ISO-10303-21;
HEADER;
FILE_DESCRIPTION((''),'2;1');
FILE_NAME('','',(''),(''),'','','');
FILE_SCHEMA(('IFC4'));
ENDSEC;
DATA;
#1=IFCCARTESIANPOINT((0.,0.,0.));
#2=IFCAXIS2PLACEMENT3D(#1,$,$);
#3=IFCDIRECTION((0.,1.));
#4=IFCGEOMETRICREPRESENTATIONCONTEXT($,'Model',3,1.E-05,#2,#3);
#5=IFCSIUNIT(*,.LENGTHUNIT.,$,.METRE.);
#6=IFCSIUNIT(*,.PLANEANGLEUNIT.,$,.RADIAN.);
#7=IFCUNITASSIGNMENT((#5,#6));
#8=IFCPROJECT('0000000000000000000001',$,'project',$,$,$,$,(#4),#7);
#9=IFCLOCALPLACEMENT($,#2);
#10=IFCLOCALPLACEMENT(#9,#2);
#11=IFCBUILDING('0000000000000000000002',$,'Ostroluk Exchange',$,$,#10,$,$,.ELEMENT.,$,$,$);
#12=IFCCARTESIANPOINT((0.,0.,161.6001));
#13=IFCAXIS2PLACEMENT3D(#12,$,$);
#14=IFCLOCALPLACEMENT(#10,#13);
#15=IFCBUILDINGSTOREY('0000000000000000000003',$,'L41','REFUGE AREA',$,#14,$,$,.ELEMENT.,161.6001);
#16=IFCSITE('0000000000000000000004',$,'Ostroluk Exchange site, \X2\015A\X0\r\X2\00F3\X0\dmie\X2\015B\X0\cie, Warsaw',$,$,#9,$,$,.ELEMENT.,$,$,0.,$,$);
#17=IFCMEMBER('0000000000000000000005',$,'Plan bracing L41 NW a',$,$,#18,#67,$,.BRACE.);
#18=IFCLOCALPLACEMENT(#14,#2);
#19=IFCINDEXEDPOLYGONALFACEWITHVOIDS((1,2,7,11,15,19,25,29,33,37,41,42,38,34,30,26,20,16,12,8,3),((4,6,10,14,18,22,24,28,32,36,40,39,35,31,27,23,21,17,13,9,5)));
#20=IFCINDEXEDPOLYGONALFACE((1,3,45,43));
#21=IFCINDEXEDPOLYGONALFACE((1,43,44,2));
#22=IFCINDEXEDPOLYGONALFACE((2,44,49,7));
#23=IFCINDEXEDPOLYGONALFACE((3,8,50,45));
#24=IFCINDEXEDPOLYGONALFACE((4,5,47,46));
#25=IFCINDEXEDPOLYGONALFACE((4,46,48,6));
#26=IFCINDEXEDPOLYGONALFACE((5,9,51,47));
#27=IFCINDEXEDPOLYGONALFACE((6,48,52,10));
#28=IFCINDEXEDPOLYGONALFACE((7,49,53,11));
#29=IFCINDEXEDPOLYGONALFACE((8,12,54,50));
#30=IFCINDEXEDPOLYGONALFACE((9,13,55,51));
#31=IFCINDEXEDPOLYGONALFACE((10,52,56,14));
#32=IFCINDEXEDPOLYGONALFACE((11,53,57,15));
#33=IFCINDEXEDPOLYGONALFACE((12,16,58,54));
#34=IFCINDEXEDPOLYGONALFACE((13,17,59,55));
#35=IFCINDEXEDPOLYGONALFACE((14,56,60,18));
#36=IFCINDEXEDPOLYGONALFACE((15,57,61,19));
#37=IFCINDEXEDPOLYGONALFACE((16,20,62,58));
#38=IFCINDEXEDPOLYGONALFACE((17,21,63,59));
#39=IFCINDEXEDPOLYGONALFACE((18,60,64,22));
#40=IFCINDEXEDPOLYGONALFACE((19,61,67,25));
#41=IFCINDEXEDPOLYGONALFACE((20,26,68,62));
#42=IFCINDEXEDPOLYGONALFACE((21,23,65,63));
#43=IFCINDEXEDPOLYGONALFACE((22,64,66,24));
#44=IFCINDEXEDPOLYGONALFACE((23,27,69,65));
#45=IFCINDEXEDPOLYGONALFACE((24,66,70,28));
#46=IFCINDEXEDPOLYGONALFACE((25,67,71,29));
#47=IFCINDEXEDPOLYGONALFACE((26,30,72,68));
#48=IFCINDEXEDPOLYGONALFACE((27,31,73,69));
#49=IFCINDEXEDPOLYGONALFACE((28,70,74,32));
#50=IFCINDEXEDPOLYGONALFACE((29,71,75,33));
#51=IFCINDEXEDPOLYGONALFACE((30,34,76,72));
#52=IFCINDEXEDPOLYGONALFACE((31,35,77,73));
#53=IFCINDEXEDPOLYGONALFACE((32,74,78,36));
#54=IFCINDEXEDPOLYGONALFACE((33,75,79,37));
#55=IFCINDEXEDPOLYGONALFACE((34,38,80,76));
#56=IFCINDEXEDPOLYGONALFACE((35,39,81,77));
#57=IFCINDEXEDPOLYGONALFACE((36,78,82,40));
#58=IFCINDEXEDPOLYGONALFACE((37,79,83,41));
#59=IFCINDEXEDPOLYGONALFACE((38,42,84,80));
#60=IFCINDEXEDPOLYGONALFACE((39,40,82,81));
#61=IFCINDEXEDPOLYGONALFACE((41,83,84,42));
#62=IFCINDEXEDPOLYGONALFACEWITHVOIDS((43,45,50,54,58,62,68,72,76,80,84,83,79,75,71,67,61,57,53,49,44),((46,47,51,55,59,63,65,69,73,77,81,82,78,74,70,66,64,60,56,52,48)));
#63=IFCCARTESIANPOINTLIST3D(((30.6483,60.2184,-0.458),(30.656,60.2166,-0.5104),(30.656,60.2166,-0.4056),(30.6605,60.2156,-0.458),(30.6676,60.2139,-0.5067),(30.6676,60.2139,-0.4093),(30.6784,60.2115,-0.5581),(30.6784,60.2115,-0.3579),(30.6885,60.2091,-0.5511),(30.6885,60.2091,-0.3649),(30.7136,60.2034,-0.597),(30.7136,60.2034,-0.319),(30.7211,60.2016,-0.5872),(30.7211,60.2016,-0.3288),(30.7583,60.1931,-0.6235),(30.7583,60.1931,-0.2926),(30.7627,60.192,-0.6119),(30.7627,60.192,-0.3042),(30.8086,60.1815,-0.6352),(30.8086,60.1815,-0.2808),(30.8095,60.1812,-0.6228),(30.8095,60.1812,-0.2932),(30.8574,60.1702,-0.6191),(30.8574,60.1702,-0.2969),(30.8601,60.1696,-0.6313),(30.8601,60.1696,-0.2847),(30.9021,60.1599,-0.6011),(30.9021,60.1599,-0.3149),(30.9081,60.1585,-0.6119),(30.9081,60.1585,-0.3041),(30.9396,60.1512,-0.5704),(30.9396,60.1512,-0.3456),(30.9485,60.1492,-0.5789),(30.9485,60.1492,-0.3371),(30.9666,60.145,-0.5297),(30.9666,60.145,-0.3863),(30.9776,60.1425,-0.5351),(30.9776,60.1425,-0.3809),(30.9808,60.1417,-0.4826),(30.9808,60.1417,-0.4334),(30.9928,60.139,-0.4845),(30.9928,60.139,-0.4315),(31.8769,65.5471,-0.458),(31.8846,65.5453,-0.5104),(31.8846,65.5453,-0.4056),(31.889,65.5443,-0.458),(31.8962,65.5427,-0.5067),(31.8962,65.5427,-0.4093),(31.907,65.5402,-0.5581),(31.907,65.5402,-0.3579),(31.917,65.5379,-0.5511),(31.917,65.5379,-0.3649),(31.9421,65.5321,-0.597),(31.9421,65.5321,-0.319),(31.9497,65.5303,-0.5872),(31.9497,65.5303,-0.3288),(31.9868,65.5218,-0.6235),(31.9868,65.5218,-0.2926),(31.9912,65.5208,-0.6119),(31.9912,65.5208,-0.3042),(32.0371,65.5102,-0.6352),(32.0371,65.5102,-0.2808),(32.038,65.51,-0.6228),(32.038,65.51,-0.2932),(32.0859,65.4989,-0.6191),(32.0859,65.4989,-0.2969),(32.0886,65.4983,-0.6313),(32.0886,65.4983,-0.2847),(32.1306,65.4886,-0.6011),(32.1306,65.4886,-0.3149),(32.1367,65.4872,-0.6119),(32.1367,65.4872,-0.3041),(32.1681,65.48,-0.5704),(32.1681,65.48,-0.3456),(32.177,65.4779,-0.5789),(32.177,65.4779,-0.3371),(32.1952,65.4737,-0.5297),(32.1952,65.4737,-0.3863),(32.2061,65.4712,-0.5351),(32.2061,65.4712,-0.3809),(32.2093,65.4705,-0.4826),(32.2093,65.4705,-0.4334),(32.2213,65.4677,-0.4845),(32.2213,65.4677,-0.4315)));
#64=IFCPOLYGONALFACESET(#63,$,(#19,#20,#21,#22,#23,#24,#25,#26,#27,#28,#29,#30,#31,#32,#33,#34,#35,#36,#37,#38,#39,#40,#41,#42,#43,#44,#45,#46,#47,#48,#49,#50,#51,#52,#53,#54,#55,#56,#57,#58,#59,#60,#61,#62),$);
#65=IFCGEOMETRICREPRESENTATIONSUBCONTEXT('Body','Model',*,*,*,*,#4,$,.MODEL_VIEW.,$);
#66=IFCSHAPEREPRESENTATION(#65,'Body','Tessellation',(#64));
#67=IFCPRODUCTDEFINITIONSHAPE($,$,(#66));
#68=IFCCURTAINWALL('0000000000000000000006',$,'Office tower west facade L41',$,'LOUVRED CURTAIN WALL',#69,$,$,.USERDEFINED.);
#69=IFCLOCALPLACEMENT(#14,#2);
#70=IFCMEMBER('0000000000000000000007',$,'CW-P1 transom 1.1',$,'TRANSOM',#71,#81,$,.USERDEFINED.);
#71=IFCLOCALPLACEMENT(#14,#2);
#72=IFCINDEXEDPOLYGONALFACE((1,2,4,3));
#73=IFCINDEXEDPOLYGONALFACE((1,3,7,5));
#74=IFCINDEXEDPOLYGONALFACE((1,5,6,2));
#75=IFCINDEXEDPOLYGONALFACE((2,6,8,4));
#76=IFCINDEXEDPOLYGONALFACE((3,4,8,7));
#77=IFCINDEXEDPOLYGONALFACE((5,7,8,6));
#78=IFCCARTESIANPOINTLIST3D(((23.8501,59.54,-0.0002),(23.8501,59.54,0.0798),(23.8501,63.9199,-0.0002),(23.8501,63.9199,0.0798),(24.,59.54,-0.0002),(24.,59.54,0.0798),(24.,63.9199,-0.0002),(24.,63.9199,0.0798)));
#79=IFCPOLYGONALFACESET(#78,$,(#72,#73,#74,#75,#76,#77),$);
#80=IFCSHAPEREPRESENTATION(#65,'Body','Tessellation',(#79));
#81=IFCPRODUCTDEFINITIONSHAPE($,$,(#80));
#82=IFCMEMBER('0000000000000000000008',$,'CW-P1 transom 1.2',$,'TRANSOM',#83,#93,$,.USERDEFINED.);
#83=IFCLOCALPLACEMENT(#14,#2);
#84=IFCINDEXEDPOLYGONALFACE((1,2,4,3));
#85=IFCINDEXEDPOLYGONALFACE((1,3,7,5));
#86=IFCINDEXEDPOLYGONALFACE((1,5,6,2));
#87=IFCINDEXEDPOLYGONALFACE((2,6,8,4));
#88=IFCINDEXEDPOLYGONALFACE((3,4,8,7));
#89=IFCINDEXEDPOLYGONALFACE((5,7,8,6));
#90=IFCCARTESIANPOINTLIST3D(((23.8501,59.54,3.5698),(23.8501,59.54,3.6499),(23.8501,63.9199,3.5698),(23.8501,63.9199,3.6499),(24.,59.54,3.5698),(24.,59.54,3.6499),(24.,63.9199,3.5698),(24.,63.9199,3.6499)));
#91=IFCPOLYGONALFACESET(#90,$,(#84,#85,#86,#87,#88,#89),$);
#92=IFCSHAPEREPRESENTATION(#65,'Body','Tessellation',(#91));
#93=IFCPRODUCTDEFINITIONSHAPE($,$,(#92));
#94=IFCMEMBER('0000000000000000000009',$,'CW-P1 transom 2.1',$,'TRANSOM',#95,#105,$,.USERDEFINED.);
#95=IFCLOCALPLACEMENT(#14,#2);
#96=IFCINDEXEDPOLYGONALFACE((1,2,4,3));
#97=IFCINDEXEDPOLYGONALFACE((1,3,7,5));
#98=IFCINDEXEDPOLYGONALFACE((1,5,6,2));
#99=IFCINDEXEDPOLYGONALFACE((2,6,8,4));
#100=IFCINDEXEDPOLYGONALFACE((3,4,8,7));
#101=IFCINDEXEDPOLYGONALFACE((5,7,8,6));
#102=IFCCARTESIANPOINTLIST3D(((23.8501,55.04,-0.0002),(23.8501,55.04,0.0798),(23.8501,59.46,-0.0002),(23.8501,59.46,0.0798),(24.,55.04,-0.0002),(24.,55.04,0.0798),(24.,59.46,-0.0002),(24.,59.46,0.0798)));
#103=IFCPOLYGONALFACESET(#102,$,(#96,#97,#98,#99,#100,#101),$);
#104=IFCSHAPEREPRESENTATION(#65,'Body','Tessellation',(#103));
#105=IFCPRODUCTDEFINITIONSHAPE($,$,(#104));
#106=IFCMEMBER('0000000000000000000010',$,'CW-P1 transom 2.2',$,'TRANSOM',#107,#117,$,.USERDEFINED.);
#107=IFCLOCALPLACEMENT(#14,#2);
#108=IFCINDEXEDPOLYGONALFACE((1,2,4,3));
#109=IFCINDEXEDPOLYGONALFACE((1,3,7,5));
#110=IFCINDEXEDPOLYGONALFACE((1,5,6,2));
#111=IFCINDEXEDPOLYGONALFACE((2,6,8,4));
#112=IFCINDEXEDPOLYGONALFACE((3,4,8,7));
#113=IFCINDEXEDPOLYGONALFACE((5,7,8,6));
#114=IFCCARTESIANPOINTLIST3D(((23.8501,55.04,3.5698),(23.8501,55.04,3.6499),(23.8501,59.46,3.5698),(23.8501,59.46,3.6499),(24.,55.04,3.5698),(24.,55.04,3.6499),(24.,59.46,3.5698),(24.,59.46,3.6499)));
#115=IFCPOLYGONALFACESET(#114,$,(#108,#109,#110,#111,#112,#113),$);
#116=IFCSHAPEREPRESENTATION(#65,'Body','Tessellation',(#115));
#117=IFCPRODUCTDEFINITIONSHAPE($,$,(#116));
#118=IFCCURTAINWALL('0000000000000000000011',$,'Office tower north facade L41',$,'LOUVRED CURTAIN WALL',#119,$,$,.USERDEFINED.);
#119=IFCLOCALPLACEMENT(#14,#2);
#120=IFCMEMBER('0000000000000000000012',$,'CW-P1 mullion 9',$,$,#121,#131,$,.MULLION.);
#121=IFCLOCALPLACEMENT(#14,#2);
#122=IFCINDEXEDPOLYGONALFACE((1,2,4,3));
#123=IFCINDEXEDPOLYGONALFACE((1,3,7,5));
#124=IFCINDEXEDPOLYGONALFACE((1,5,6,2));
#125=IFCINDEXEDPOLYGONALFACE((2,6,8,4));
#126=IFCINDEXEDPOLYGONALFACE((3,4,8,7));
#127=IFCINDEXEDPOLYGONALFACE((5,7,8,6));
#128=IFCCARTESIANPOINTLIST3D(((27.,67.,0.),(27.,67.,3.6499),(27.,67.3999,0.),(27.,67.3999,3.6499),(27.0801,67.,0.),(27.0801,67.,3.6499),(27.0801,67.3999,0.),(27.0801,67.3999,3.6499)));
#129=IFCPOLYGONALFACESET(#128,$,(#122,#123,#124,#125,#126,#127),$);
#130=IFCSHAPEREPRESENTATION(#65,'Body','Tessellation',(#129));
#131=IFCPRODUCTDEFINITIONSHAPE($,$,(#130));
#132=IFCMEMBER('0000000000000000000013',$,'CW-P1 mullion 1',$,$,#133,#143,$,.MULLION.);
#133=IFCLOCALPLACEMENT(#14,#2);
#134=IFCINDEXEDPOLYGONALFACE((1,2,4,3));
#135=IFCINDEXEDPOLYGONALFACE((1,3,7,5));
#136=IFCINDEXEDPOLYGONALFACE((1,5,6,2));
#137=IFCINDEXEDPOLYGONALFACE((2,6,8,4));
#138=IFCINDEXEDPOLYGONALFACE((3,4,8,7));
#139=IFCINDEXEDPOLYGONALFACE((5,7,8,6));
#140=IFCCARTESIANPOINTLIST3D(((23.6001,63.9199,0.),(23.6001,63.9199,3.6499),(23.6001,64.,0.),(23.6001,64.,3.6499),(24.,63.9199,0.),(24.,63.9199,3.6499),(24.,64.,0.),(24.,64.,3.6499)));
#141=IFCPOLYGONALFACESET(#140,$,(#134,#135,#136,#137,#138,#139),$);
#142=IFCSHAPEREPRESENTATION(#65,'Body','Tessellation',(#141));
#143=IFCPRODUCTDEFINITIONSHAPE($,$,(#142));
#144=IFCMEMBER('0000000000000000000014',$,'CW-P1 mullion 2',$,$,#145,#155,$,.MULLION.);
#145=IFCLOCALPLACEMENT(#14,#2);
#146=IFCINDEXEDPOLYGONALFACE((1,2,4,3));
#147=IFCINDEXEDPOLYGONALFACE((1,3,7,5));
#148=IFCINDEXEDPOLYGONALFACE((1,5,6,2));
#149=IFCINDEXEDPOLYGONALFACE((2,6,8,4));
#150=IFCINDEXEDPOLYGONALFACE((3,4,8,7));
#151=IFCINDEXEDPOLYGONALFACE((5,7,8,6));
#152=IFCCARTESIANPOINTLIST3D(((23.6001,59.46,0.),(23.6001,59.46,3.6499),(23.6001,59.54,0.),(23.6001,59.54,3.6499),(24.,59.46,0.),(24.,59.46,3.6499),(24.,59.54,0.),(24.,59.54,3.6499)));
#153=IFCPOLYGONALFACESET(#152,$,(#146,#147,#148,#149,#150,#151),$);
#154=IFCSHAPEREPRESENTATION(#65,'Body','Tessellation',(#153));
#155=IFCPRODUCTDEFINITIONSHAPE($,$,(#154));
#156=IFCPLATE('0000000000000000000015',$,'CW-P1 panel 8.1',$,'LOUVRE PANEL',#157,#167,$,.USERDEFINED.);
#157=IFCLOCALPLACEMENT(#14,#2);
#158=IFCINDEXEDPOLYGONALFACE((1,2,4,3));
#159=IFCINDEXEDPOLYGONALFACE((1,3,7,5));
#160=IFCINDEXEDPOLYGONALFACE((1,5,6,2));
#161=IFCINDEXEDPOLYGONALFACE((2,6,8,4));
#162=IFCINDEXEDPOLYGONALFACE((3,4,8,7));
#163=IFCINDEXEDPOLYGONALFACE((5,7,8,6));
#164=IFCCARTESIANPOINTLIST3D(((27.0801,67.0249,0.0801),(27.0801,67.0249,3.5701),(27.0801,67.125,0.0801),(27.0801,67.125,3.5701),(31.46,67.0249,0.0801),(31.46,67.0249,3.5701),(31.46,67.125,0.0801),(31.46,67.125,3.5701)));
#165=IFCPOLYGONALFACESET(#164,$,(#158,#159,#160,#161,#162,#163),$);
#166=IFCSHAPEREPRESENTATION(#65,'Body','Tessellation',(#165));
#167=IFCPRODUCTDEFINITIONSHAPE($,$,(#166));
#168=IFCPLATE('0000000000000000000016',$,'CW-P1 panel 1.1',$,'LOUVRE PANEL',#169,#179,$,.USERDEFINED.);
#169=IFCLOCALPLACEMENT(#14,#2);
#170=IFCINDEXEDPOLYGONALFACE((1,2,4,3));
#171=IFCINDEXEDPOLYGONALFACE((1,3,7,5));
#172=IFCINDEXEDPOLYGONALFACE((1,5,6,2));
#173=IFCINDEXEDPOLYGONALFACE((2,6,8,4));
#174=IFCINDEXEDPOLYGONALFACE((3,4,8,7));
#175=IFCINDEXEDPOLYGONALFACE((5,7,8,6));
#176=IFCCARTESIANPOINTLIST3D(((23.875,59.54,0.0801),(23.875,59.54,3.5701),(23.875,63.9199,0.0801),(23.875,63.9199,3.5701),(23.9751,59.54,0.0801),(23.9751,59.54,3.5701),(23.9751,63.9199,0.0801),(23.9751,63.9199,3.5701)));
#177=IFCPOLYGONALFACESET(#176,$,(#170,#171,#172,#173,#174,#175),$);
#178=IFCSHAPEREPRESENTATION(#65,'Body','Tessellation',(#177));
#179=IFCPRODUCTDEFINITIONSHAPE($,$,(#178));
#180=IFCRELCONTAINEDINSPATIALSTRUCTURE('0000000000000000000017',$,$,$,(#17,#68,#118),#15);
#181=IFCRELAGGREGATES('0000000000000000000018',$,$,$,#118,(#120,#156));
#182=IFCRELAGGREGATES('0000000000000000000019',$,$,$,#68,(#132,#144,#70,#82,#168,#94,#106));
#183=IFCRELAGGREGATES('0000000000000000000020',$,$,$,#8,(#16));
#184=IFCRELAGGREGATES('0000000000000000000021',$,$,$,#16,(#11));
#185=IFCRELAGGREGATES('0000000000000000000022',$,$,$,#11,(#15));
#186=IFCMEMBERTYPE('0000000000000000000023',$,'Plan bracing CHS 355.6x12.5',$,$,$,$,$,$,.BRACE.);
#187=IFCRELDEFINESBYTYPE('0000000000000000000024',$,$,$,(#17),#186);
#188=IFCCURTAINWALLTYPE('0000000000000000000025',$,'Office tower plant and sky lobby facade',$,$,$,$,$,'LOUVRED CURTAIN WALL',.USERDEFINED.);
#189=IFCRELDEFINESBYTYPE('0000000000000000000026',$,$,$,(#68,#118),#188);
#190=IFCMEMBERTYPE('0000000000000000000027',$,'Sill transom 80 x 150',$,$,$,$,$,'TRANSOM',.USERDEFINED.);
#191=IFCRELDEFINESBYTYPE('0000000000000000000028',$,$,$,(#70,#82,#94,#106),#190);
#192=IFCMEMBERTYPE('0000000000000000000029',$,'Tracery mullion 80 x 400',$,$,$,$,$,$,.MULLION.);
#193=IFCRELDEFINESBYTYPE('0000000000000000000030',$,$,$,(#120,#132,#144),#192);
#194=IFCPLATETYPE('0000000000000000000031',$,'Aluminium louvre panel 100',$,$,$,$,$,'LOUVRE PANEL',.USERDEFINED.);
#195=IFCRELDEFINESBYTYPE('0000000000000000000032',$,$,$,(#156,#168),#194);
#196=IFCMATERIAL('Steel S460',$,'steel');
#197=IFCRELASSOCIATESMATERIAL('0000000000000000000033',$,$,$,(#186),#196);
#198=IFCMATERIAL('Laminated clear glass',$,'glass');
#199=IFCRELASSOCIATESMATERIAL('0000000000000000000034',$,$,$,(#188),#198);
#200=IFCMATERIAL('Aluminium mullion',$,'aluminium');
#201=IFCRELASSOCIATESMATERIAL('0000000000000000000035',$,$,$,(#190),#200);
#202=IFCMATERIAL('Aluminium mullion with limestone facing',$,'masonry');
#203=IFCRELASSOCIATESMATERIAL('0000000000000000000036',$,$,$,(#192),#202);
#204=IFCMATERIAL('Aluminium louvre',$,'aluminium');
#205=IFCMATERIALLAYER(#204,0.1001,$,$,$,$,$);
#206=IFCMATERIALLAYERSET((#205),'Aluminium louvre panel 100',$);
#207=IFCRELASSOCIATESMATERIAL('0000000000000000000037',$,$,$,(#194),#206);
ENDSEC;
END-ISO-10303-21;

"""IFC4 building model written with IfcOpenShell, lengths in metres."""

from ifc_helpers import new_model, si_unit, direction, frame, origin, origin_2d, place, context, subcontext, project, spatial, rectangle, hollow_circle, extrude, material, layer, layer_set, material_profile, profile_set, type_object, element, aggregate, save


model = new_model("IFC4")

# Units and contexts
model_context = context("Model", 3, precision=1e-05, world=origin(), true_north=direction((0.0, 1.0)))
body_context = subcontext(model_context, "Body", "Model", "MODEL_VIEW")
ifc_project = project(units=[si_unit("LENGTHUNIT", "METRE"), si_unit("PLANEANGLEUNIT", "RADIAN")], contexts=[model_context])

# Site, building, storey
site_placement = place(None, origin())
site = spatial("IfcSite", under=ifc_project, at=site_placement, Name="Ostroluk Exchange site, Śródmieście, Warsaw", CompositionType="ELEMENT", RefElevation=0.0)
building_placement = place(site_placement, origin())
building = spatial("IfcBuilding", under=site, at=building_placement, Name="Ostroluk Exchange", CompositionType="ELEMENT")
storey_placement = place(building_placement, frame((0.0, 0.0, 161.6001)))
storey = spatial("IfcBuildingStorey", under=building, at=storey_placement, Name="L41", Description="REFUGE AREA", CompositionType="ELEMENT", Elevation=161.6001)

# Member
ifc_material_1 = material(Name="Steel S460", Category="steel")
ifc_material_profile_1 = material_profile(ifc_material_1, hollow_circle(Radius=0.1777, WallThickness=0.0125, at=origin_2d()), Name="CHS 355.6x12.5")
ifc_profile_set_1 = profile_set([ifc_material_profile_1], Name="Steel S460")
member_type_1 = type_object("IfcMemberType", Name="Plan bracing CHS 355.6x12.5", PredefinedType="BRACE", material=ifc_profile_set_1)
member_1_placement = place(storey_placement, frame((30.8215, 60.1785, -0.458), z_axis=(0.224657, 0.974438, 0.0), x_axis=(-0.974438, 0.224657, 0.0)))
element("IfcMember", 1, at=member_1_placement, inside=storey, type_object=member_type_1, Name="Plan bracing L41 NW a", PredefinedType="BRACE", context=body_context, shape_type="SweptSolid", body=[
    extrude(hollow_circle(Radius=0.1777, WallThickness=0.0125, at=origin_2d()), origin(), (0.0, 0.0, 1.0), 5.4685),
])

# Curtain wall, members
ifc_material_2 = material(Name="Laminated clear glass", Category="glass")
curtain_wall_type = type_object("IfcCurtainWallType", Name="Office tower plant and sky lobby facade", ElementType="LOUVRED CURTAIN WALL", PredefinedType="USERDEFINED", material=ifc_material_2)
curtain_wall_1_placement = place(storey_placement, origin())
curtain_wall_1 = element("IfcCurtainWall", 2, at=curtain_wall_1_placement, inside=storey, type_object=curtain_wall_type, Name="Office tower west facade L41", ObjectType="LOUVRED CURTAIN WALL", PredefinedType="USERDEFINED")
ifc_material_3 = material(Name="Aluminium mullion", Category="aluminium")
ifc_material_profile_2 = material_profile(ifc_material_3, rectangle(XDim=0.1499, YDim=0.0801, at=origin_2d()), Name="Sill transom 80 x 150")
ifc_profile_set_2 = profile_set([ifc_material_profile_2], Name="Aluminium mullion")
member_type_2 = type_object("IfcMemberType", Name="Sill transom 80 x 150", ElementType="TRANSOM", PredefinedType="USERDEFINED", material=ifc_profile_set_2)
member_2_placement = place(storey_placement, frame((23.925, 63.9199, 0.0398), z_axis=(0.0, -1.0, 0.0), x_axis=(1.0, 0.0, 0.0)))
member_2 = element("IfcMember", 3, at=member_2_placement, type_object=member_type_2, Name="CW-P1 transom 1.1", ObjectType="TRANSOM", PredefinedType="USERDEFINED", context=body_context, shape_type="SweptSolid", body=[
    extrude(rectangle(XDim=0.1499, YDim=0.0801, at=origin_2d()), origin(), (0.0, 0.0, 1.0), 4.3799),
])
member_3_placement = place(storey_placement, frame((23.925, 63.9199, 3.6099), z_axis=(0.0, -1.0, 0.0), x_axis=(1.0, 0.0, 0.0)))
member_3 = element("IfcMember", 4, at=member_3_placement, type_object=member_type_2, Name="CW-P1 transom 1.2", ObjectType="TRANSOM", PredefinedType="USERDEFINED", context=body_context, shape_type="SweptSolid", body=[
    extrude(rectangle(XDim=0.1499, YDim=0.0801, at=origin_2d()), origin(), (0.0, 0.0, 1.0), 4.3799),
])
member_4_placement = place(storey_placement, frame((23.925, 59.46, 0.0398), z_axis=(0.0, -1.0, 0.0), x_axis=(1.0, 0.0, 0.0)))
member_4 = element("IfcMember", 5, at=member_4_placement, type_object=member_type_2, Name="CW-P1 transom 2.1", ObjectType="TRANSOM", PredefinedType="USERDEFINED", context=body_context, shape_type="SweptSolid", body=[
    extrude(rectangle(XDim=0.1499, YDim=0.0801, at=origin_2d()), origin(), (0.0, 0.0, 1.0), 4.4199),
])
member_5_placement = place(storey_placement, frame((23.925, 59.46, 3.6099), z_axis=(0.0, -1.0, 0.0), x_axis=(1.0, 0.0, 0.0)))
member_5 = element("IfcMember", 6, at=member_5_placement, type_object=member_type_2, Name="CW-P1 transom 2.2", ObjectType="TRANSOM", PredefinedType="USERDEFINED", context=body_context, shape_type="SweptSolid", body=[
    extrude(rectangle(XDim=0.1499, YDim=0.0801, at=origin_2d()), origin(), (0.0, 0.0, 1.0), 4.4199),
])

# Curtain wall, member
curtain_wall_2_placement = place(storey_placement, origin())
curtain_wall_2 = element("IfcCurtainWall", 7, at=curtain_wall_2_placement, inside=storey, type_object=curtain_wall_type, Name="Office tower north facade L41", ObjectType="LOUVRED CURTAIN WALL", PredefinedType="USERDEFINED")
ifc_material_4 = material(Name="Aluminium mullion with limestone facing", Category="masonry")
ifc_material_profile_3 = material_profile(ifc_material_4, rectangle(XDim=0.3999, YDim=0.0801, at=origin_2d()), Name="Tracery mullion 80 x 400")
ifc_profile_set_3 = profile_set([ifc_material_profile_3], Name="Aluminium mullion with limestone facing")
member_type_3 = type_object("IfcMemberType", Name="Tracery mullion 80 x 400", PredefinedType="MULLION", material=ifc_profile_set_3)
member_6_placement = place(storey_placement, frame((27.04, 67.2, 0.0), z_axis=(0.0, 0.0, 1.0), x_axis=(0.0, -1.0, 0.0)))
member_6 = element("IfcMember", 8, at=member_6_placement, type_object=member_type_3, Name="CW-P1 mullion 9", PredefinedType="MULLION", context=body_context, shape_type="SweptSolid", body=[
    extrude(rectangle(XDim=0.3999, YDim=0.0801, at=origin_2d()), origin(), (0.0, 0.0, 1.0), 3.6499),
])

# Members
member_7_placement = place(storey_placement, frame((23.8, 63.96, 0.0), z_axis=(0.0, 0.0, 1.0), x_axis=(1.0, 0.0, 0.0)))
member_7 = element("IfcMember", 9, at=member_7_placement, type_object=member_type_3, Name="CW-P1 mullion 1", PredefinedType="MULLION", context=body_context, shape_type="SweptSolid", body=[
    extrude(rectangle(XDim=0.3999, YDim=0.0801, at=origin_2d()), origin(), (0.0, 0.0, 1.0), 3.6499),
])
member_8_placement = place(storey_placement, frame((23.8, 59.5, 0.0), z_axis=(0.0, 0.0, 1.0), x_axis=(1.0, 0.0, 0.0)))
member_8 = element("IfcMember", 10, at=member_8_placement, type_object=member_type_3, Name="CW-P1 mullion 2", PredefinedType="MULLION", context=body_context, shape_type="SweptSolid", body=[
    extrude(rectangle(XDim=0.3999, YDim=0.0801, at=origin_2d()), origin(), (0.0, 0.0, 1.0), 3.6499),
])

# Plates
ifc_material_5 = material(Name="Aluminium louvre", Category="aluminium")
ifc_layer_1 = layer(ifc_material_5, 0.1001)
ifc_layer_set_1 = layer_set([ifc_layer_1], Name="Aluminium louvre panel 100")
plate_type = type_object("IfcPlateType", Name="Aluminium louvre panel 100", ElementType="LOUVRE PANEL", PredefinedType="USERDEFINED", material=ifc_layer_set_1)
plate_1_placement = place(storey_placement, frame((29.27, 67.075, 0.0801), z_axis=(0.0, 0.0, 1.0), x_axis=(-1.0, 0.0, 0.0)))
plate_1 = element("IfcPlate", 11, at=plate_1_placement, type_object=plate_type, Name="CW-P1 panel 8.1", ObjectType="LOUVRE PANEL", PredefinedType="USERDEFINED", context=body_context, shape_type="SweptSolid", body=[
    extrude(rectangle(XDim=4.3799, YDim=0.1001, at=origin_2d()), origin(), (0.0, 0.0, 1.0), 3.49),
])
aggregate(curtain_wall_2, [member_6, plate_1])
plate_2_placement = place(storey_placement, frame((23.925, 61.73, 0.0801), z_axis=(0.0, 0.0, 1.0), x_axis=(0.0, -1.0, 0.0)))
plate_2 = element("IfcPlate", 12, at=plate_2_placement, type_object=plate_type, Name="CW-P1 panel 1.1", ObjectType="LOUVRE PANEL", PredefinedType="USERDEFINED", context=body_context, shape_type="SweptSolid", body=[
    extrude(rectangle(XDim=4.3799, YDim=0.1001, at=origin_2d()), origin(), (0.0, 0.0, 1.0), 3.49),
])
aggregate(curtain_wall_1, [member_7, member_8, member_2, member_3, plate_2, member_4, member_5])

save(model, "model.ifc")
